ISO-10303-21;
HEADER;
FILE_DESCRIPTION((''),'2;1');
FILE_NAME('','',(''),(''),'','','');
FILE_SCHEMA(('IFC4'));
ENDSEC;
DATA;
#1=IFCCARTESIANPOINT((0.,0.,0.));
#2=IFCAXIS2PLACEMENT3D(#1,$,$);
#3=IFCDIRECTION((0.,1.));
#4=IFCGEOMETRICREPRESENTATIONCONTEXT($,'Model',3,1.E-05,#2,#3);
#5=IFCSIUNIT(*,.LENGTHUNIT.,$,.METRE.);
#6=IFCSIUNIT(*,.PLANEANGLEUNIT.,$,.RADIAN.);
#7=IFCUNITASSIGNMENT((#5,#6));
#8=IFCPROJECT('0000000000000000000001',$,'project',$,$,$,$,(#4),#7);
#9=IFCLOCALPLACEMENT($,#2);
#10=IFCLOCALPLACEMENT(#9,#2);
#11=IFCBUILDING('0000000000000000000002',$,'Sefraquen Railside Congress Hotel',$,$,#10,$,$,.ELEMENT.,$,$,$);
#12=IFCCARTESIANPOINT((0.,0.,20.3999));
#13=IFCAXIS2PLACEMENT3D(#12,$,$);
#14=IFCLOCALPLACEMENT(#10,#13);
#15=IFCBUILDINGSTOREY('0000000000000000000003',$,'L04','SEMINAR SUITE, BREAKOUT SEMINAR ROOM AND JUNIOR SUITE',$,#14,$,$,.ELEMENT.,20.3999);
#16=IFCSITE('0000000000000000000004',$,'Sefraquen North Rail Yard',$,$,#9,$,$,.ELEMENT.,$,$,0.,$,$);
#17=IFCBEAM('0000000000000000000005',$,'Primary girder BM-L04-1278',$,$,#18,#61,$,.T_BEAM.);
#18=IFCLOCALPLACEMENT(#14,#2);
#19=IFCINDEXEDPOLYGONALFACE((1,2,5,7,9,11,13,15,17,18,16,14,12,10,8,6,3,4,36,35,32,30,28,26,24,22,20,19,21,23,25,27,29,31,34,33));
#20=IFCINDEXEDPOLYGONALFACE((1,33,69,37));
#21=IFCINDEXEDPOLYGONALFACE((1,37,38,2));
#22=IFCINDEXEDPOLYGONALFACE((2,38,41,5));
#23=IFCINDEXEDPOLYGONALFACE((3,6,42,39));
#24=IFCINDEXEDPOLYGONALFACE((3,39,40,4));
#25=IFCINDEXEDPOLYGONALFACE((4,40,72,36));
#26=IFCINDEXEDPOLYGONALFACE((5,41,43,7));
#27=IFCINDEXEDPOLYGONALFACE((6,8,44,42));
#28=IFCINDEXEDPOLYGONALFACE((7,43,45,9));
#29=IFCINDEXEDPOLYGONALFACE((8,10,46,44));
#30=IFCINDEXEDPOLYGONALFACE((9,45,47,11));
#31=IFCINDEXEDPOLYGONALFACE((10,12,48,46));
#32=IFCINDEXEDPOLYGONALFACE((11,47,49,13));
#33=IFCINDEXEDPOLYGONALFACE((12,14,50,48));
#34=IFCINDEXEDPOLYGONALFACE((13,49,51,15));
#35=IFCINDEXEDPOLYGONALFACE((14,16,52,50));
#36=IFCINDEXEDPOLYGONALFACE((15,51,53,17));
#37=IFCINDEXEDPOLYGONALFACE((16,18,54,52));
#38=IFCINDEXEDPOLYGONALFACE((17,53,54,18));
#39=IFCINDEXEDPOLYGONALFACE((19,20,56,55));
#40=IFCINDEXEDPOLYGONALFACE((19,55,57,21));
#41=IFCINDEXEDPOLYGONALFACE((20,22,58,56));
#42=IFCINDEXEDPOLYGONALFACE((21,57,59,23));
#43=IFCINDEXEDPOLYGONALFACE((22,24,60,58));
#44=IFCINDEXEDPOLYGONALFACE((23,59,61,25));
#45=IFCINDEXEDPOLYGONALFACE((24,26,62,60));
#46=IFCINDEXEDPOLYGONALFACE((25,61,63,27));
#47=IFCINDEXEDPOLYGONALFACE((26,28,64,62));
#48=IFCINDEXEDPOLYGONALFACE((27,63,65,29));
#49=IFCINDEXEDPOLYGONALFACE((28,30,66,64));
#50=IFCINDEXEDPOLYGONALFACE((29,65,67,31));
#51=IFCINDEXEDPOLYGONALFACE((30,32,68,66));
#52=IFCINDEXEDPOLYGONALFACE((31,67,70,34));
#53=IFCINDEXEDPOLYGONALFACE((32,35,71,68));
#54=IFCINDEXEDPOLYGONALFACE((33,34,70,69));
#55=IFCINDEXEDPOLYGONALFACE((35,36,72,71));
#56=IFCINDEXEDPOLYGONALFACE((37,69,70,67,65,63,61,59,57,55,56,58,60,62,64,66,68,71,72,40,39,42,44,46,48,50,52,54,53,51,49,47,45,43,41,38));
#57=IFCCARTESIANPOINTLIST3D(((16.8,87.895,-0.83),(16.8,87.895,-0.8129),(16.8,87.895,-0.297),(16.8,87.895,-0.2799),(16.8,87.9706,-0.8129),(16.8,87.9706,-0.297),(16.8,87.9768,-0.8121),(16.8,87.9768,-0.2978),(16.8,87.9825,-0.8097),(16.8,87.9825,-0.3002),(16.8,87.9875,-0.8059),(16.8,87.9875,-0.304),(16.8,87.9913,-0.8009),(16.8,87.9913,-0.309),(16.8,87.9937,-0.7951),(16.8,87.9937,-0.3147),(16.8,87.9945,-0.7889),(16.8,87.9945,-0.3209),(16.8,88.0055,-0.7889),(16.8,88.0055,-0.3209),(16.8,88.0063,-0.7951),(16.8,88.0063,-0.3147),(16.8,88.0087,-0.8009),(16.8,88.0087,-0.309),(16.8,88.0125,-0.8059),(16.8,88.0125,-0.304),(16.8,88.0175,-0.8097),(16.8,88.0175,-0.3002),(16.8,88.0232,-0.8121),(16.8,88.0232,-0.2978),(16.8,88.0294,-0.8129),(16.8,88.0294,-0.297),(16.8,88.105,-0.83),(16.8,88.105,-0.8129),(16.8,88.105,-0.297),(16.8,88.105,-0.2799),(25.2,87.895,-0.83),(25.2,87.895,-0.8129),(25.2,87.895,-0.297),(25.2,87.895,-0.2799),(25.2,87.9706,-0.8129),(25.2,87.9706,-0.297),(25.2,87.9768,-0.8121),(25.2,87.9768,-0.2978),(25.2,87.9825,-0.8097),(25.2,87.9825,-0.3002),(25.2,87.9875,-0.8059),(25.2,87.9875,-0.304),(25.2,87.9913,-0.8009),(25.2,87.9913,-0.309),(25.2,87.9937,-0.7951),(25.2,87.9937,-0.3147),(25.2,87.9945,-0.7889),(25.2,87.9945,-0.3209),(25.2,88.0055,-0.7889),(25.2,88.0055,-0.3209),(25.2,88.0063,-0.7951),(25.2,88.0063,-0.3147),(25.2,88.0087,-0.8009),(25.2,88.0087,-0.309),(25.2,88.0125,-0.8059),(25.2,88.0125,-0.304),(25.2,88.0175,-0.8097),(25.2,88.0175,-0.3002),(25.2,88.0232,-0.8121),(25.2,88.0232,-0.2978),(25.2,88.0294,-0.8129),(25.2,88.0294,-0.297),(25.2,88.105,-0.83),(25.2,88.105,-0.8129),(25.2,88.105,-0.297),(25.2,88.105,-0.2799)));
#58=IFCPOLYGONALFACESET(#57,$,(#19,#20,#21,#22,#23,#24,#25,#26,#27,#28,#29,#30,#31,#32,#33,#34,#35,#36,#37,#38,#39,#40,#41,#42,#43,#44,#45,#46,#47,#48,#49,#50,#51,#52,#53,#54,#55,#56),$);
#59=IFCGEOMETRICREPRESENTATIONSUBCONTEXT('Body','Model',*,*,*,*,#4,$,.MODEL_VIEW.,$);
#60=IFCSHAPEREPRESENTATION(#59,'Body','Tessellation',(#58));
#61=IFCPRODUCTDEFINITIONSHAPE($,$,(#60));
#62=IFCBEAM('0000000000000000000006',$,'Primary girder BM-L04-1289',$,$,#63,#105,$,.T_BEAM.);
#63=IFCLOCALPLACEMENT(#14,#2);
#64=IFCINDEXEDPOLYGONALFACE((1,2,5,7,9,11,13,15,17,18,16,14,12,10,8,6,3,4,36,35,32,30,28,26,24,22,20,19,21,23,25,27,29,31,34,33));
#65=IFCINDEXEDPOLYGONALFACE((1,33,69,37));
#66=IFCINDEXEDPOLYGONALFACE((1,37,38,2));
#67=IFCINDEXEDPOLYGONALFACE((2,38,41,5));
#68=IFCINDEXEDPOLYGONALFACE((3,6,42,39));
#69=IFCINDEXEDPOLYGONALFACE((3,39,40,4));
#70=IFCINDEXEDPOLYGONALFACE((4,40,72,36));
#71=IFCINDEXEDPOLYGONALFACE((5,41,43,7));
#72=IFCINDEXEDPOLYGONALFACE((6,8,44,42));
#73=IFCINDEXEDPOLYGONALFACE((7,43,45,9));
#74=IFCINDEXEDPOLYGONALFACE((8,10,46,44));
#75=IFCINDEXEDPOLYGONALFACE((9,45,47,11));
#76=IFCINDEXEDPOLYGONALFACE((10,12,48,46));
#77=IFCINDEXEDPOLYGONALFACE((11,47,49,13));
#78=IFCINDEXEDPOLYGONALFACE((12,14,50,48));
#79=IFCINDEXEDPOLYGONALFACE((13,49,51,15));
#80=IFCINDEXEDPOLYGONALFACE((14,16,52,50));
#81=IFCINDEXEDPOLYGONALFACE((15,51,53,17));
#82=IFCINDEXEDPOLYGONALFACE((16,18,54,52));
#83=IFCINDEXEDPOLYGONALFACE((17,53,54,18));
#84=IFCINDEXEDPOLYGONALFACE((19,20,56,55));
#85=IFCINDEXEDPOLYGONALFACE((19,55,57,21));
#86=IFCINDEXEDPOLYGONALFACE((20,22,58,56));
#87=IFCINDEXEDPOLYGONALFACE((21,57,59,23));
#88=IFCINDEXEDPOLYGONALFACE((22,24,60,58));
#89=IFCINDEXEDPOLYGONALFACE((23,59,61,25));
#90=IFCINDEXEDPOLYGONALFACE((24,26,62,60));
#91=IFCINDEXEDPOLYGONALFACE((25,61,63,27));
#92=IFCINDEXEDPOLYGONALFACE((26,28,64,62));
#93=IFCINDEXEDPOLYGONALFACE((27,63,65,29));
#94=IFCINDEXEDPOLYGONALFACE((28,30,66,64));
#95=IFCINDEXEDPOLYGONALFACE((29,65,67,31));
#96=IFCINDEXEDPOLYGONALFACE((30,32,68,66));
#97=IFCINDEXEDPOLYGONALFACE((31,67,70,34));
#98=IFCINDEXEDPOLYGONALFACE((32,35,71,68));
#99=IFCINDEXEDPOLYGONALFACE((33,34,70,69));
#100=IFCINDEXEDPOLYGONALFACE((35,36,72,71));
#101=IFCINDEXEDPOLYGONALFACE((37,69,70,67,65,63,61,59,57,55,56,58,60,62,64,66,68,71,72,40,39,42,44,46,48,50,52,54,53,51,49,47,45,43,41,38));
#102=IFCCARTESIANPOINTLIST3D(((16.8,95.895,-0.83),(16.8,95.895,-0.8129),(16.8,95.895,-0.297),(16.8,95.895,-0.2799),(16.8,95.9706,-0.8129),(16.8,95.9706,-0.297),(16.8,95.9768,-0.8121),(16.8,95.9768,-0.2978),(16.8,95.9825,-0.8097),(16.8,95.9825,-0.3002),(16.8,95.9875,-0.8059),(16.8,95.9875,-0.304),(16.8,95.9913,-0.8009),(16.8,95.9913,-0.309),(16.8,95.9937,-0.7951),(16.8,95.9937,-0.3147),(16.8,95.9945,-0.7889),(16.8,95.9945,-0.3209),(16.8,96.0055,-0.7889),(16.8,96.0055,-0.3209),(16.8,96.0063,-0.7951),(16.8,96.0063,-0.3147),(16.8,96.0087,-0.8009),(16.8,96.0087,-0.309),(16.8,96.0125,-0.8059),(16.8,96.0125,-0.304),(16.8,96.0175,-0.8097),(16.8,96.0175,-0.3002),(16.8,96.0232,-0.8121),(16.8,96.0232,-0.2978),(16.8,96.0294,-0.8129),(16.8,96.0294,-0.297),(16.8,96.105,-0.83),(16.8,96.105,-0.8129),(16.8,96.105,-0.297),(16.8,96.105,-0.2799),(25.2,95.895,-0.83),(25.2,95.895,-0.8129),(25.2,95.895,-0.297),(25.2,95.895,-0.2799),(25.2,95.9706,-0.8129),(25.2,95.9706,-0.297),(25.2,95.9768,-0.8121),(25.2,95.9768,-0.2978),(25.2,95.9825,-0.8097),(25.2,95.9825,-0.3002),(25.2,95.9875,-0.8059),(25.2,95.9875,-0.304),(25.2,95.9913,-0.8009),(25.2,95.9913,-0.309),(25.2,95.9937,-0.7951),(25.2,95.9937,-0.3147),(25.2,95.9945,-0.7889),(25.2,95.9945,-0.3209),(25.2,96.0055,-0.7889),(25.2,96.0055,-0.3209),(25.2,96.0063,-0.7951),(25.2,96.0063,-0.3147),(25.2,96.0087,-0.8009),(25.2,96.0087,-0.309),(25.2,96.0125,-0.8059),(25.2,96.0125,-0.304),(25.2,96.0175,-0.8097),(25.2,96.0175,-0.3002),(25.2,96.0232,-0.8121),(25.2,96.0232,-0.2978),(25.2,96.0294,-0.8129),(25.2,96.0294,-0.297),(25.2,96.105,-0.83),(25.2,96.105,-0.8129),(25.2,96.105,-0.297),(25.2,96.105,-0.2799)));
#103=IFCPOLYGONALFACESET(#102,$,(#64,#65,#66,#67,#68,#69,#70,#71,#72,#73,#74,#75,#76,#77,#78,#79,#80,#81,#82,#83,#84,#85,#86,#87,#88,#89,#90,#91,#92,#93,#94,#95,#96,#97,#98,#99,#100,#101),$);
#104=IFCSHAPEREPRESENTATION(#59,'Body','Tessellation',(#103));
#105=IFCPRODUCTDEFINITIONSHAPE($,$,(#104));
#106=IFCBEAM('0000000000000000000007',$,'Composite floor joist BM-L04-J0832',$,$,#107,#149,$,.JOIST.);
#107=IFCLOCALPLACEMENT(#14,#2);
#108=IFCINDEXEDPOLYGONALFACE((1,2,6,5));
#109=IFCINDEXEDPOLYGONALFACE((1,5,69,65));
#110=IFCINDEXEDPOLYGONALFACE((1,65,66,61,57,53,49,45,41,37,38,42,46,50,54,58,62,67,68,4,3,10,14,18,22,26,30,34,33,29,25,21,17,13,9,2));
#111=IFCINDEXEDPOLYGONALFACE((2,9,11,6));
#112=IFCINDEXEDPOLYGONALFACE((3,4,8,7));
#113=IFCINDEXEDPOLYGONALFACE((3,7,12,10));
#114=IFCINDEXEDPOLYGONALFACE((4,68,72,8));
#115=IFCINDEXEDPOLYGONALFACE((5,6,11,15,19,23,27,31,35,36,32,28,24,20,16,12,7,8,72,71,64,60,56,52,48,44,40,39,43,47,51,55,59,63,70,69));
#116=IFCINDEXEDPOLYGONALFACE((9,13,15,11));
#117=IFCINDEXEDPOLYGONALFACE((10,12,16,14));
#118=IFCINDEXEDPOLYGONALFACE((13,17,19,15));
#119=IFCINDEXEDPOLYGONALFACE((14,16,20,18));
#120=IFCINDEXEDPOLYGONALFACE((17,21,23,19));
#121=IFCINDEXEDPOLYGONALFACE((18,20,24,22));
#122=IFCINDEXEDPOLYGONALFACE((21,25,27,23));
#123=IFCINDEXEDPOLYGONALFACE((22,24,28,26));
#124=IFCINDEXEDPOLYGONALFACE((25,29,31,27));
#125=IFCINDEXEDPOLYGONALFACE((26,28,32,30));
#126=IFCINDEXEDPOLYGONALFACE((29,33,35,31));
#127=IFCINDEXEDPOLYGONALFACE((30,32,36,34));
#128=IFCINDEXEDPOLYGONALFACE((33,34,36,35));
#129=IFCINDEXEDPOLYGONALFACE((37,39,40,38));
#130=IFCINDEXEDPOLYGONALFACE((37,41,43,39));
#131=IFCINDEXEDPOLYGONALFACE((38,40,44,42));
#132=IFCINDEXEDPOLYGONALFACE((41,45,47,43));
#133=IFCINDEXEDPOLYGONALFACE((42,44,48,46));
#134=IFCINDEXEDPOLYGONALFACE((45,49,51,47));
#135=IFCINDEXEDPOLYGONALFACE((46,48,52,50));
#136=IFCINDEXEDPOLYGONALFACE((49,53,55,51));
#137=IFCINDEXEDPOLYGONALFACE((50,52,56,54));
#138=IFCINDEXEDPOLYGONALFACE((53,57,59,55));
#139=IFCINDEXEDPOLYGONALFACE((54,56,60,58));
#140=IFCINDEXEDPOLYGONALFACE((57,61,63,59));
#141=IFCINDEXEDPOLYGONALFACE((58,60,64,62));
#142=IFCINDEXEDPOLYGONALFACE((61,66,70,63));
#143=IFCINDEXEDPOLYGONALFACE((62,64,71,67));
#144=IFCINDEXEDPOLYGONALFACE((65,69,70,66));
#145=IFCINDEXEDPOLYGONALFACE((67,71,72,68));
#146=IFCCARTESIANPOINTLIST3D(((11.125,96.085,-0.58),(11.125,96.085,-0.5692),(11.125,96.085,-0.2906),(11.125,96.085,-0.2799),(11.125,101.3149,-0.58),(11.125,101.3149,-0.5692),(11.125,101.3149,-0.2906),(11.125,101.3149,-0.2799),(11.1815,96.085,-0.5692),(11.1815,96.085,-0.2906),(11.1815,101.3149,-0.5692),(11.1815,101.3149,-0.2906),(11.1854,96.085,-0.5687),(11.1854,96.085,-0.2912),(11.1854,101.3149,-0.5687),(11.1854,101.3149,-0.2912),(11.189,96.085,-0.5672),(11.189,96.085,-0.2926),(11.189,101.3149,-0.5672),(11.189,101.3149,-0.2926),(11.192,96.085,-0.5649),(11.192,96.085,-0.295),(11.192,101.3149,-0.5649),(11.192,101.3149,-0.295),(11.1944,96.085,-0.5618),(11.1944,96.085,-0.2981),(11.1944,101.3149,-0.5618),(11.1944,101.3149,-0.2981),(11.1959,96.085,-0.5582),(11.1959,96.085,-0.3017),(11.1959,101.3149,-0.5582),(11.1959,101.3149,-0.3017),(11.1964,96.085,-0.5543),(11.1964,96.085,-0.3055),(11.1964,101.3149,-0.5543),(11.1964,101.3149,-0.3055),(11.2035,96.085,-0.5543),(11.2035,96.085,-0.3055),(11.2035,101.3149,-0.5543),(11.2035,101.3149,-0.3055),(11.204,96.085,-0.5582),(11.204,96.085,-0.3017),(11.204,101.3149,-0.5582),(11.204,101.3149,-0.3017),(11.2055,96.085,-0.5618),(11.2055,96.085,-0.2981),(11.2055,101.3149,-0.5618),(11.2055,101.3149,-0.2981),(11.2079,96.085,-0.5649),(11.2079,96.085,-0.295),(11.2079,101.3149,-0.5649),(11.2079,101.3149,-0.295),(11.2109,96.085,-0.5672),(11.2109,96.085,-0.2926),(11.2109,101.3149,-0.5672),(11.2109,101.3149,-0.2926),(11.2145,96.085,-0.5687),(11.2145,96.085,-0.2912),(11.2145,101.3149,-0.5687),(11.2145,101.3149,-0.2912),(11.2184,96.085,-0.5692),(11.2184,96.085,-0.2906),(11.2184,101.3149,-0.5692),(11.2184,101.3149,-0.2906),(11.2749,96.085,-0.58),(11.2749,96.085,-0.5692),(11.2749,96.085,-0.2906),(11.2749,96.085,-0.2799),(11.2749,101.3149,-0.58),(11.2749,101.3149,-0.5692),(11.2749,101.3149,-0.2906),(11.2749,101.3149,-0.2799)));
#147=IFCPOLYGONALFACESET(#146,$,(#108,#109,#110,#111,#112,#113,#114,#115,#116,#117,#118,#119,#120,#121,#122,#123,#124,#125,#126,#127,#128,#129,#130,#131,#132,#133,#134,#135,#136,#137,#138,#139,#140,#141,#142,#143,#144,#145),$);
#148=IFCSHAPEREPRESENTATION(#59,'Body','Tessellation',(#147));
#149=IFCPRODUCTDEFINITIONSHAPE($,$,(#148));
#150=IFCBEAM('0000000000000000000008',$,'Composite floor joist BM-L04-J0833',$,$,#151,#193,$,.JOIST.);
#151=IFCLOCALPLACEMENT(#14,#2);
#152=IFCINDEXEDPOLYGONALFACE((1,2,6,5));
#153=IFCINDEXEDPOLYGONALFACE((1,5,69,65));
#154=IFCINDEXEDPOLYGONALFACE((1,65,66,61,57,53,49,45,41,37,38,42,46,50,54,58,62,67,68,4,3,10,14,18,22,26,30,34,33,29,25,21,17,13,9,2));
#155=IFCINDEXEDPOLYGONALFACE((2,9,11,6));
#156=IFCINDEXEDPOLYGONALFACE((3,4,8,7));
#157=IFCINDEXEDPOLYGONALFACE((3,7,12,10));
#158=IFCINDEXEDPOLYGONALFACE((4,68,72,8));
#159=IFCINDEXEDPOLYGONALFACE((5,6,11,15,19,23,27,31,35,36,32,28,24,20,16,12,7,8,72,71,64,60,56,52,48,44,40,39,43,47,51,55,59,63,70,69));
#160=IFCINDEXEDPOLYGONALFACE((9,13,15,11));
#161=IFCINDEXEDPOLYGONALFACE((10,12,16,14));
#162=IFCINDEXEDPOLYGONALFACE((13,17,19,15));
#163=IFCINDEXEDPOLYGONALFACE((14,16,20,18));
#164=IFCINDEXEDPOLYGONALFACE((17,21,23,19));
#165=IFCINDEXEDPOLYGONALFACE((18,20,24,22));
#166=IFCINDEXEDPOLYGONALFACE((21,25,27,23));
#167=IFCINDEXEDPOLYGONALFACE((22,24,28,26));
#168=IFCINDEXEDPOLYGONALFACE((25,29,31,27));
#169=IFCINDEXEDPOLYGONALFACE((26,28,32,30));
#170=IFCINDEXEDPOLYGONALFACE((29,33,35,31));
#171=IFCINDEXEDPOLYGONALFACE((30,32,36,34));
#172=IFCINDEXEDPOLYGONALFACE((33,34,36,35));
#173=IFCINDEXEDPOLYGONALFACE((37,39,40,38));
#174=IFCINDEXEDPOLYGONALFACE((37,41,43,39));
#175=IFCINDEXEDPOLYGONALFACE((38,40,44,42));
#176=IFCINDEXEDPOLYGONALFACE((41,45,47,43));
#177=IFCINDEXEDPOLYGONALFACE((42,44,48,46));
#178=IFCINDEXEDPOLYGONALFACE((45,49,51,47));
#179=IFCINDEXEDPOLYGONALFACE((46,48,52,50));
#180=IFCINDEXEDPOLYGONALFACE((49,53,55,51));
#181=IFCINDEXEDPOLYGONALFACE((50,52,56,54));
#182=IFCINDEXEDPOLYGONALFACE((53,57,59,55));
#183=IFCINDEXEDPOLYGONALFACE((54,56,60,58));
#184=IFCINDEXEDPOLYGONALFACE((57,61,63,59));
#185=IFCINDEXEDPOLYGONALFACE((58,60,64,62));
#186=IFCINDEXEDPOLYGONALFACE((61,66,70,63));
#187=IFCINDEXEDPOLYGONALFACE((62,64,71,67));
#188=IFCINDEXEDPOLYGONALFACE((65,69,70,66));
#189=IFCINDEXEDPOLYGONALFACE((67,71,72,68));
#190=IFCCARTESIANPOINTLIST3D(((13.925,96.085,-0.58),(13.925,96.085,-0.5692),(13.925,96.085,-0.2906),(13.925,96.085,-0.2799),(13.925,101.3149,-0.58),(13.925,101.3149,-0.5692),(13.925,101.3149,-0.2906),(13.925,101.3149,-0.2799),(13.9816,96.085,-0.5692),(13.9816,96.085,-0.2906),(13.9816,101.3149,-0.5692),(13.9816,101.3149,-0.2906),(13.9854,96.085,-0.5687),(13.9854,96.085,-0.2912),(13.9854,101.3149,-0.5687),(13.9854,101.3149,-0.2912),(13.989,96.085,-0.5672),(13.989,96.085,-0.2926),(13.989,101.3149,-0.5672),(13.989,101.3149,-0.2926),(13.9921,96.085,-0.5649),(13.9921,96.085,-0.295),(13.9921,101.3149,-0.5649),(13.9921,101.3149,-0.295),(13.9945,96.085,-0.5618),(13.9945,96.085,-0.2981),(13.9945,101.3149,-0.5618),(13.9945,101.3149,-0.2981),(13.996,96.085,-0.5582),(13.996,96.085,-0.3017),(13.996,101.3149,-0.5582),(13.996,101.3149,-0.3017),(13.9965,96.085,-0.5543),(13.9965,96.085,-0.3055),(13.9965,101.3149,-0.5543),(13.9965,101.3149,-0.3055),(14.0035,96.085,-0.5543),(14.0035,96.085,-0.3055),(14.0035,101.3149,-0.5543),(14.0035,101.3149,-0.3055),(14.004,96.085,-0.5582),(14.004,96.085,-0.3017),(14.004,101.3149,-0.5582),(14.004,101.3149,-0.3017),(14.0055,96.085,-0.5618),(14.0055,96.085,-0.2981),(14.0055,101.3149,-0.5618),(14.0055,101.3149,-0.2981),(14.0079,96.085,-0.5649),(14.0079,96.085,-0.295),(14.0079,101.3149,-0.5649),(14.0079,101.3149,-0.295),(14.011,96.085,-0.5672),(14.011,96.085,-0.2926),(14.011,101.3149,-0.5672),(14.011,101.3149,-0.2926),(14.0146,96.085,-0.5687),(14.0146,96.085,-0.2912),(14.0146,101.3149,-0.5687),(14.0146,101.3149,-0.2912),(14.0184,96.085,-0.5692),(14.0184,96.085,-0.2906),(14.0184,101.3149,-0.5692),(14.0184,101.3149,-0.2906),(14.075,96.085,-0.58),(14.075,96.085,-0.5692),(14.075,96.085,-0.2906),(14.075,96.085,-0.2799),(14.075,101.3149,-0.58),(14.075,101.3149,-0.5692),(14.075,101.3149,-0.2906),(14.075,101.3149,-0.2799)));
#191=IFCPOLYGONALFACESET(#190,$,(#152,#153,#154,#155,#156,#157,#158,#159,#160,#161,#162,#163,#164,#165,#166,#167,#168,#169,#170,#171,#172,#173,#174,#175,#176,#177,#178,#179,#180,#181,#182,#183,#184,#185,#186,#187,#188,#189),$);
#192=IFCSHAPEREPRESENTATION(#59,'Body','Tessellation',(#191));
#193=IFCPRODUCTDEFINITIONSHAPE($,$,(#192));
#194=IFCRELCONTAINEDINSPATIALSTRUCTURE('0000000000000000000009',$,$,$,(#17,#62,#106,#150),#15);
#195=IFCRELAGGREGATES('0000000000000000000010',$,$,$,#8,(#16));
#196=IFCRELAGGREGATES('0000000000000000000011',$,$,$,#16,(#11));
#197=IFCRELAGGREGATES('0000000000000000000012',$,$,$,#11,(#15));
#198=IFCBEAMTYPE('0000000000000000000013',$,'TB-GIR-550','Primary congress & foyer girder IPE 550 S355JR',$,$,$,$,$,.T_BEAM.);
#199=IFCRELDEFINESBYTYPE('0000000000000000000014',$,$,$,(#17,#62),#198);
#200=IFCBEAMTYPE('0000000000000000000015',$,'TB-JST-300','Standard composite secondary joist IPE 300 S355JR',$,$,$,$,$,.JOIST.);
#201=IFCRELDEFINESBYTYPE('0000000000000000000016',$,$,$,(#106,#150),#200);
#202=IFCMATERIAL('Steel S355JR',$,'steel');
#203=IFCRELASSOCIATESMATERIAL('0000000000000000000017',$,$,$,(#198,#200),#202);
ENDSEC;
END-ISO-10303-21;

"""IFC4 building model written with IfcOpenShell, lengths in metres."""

from ifc_helpers import new_model, si_unit, direction, frame, origin, origin_2d, place, context, subcontext, project, spatial, i_section, extrude, material, material_profile, profile_set, type_object, element, save


model = new_model("IFC4")

# Units and contexts
model_context = context("Model", 3, precision=1e-05, world=origin(), true_north=direction((0.0, 1.0)))
body_context = subcontext(model_context, "Body", "Model", "MODEL_VIEW")
ifc_project = project(units=[si_unit("LENGTHUNIT", "METRE"), si_unit("PLANEANGLEUNIT", "RADIAN")], contexts=[model_context])

# Site, building, storey
site_placement = place(None, origin())
site = spatial("IfcSite", under=ifc_project, at=site_placement, Name="Sefraquen North Rail Yard", CompositionType="ELEMENT", RefElevation=0.0)
building_placement = place(site_placement, origin())
building = spatial("IfcBuilding", under=site, at=building_placement, Name="Sefraquen Railside Congress Hotel", CompositionType="ELEMENT")
storey_placement = place(building_placement, frame((0.0, 0.0, 20.3999)))
storey = spatial("IfcBuildingStorey", under=building, at=storey_placement, Name="L04", Description="SEMINAR SUITE, BREAKOUT SEMINAR ROOM AND JUNIOR SUITE", CompositionType="ELEMENT", Elevation=20.3999)

# Shared definitions
ifc_material_1 = material(Name="Steel S355JR", Category="steel")

# Beams
ifc_material_profile_1 = material_profile(ifc_material_1, i_section(OverallWidth=0.21, OverallDepth=0.55, WebThickness=0.011, FlangeThickness=0.0171, FilletRadius=0.0239, at=origin_2d()), Name="IPE 550")
ifc_profile_set_1 = profile_set([ifc_material_profile_1], Name="Steel S355JR")
beam_type_1 = type_object("IfcBeamType", Name="TB-GIR-550", Description="Primary congress & foyer girder IPE 550 S355JR", PredefinedType="T_BEAM", material=ifc_profile_set_1)
for number, where, z_axis, x_axis, name in (
    (1, (16.8, 88.0, -0.5549), (1.0, 0.0, 0.0), (0.0, 1.0, 0.0), "Primary girder BM-L04-1278"),
    (2, (16.8, 96.0, -0.5549), (1.0, 0.0, 0.0), (0.0, 1.0, 0.0), "Primary girder BM-L04-1289"),
):
    element("IfcBeam", number, at=place(storey_placement, frame(where, z_axis=z_axis, x_axis=x_axis)), inside=storey, type_object=beam_type_1, Name=name, PredefinedType="T_BEAM", context=body_context, shape_type="SweptSolid", body=[
        extrude(i_section(OverallWidth=0.21, OverallDepth=0.55, WebThickness=0.011, FlangeThickness=0.0171, FilletRadius=0.0239, at=origin_2d()), origin(), (0.0, 0.0, 1.0), 8.3999),
    ])
ifc_material_profile_2 = material_profile(ifc_material_1, i_section(OverallWidth=0.1499, OverallDepth=0.3, WebThickness=0.0071, FlangeThickness=0.0107, FilletRadius=0.0149, at=origin_2d()), Name="IPE 300")
ifc_profile_set_2 = profile_set([ifc_material_profile_2], Name="Steel S355JR")
beam_type_2 = type_object("IfcBeamType", Name="TB-JST-300", Description="Standard composite secondary joist IPE 300 S355JR", PredefinedType="JOIST", material=ifc_profile_set_2)
for number, where, z_axis, x_axis, name in (
    (3, (11.2, 96.085, -0.4299), (0.0, 1.0, 0.0), (-1.0, 0.0, 0.0), "Composite floor joist BM-L04-J0832"),
    (4, (14.0, 96.085, -0.4299), (0.0, 1.0, 0.0), (-1.0, 0.0, 0.0), "Composite floor joist BM-L04-J0833"),
):
    element("IfcBeam", number, at=place(storey_placement, frame(where, z_axis=z_axis, x_axis=x_axis)), inside=storey, type_object=beam_type_2, Name=name, PredefinedType="JOIST", context=body_context, shape_type="SweptSolid", body=[
        extrude(i_section(OverallWidth=0.1499, OverallDepth=0.3, WebThickness=0.0071, FlangeThickness=0.0107, FilletRadius=0.0149, at=origin_2d()), origin(), (0.0, 0.0, 1.0), 5.23),
    ])

save(model, "model.ifc")
